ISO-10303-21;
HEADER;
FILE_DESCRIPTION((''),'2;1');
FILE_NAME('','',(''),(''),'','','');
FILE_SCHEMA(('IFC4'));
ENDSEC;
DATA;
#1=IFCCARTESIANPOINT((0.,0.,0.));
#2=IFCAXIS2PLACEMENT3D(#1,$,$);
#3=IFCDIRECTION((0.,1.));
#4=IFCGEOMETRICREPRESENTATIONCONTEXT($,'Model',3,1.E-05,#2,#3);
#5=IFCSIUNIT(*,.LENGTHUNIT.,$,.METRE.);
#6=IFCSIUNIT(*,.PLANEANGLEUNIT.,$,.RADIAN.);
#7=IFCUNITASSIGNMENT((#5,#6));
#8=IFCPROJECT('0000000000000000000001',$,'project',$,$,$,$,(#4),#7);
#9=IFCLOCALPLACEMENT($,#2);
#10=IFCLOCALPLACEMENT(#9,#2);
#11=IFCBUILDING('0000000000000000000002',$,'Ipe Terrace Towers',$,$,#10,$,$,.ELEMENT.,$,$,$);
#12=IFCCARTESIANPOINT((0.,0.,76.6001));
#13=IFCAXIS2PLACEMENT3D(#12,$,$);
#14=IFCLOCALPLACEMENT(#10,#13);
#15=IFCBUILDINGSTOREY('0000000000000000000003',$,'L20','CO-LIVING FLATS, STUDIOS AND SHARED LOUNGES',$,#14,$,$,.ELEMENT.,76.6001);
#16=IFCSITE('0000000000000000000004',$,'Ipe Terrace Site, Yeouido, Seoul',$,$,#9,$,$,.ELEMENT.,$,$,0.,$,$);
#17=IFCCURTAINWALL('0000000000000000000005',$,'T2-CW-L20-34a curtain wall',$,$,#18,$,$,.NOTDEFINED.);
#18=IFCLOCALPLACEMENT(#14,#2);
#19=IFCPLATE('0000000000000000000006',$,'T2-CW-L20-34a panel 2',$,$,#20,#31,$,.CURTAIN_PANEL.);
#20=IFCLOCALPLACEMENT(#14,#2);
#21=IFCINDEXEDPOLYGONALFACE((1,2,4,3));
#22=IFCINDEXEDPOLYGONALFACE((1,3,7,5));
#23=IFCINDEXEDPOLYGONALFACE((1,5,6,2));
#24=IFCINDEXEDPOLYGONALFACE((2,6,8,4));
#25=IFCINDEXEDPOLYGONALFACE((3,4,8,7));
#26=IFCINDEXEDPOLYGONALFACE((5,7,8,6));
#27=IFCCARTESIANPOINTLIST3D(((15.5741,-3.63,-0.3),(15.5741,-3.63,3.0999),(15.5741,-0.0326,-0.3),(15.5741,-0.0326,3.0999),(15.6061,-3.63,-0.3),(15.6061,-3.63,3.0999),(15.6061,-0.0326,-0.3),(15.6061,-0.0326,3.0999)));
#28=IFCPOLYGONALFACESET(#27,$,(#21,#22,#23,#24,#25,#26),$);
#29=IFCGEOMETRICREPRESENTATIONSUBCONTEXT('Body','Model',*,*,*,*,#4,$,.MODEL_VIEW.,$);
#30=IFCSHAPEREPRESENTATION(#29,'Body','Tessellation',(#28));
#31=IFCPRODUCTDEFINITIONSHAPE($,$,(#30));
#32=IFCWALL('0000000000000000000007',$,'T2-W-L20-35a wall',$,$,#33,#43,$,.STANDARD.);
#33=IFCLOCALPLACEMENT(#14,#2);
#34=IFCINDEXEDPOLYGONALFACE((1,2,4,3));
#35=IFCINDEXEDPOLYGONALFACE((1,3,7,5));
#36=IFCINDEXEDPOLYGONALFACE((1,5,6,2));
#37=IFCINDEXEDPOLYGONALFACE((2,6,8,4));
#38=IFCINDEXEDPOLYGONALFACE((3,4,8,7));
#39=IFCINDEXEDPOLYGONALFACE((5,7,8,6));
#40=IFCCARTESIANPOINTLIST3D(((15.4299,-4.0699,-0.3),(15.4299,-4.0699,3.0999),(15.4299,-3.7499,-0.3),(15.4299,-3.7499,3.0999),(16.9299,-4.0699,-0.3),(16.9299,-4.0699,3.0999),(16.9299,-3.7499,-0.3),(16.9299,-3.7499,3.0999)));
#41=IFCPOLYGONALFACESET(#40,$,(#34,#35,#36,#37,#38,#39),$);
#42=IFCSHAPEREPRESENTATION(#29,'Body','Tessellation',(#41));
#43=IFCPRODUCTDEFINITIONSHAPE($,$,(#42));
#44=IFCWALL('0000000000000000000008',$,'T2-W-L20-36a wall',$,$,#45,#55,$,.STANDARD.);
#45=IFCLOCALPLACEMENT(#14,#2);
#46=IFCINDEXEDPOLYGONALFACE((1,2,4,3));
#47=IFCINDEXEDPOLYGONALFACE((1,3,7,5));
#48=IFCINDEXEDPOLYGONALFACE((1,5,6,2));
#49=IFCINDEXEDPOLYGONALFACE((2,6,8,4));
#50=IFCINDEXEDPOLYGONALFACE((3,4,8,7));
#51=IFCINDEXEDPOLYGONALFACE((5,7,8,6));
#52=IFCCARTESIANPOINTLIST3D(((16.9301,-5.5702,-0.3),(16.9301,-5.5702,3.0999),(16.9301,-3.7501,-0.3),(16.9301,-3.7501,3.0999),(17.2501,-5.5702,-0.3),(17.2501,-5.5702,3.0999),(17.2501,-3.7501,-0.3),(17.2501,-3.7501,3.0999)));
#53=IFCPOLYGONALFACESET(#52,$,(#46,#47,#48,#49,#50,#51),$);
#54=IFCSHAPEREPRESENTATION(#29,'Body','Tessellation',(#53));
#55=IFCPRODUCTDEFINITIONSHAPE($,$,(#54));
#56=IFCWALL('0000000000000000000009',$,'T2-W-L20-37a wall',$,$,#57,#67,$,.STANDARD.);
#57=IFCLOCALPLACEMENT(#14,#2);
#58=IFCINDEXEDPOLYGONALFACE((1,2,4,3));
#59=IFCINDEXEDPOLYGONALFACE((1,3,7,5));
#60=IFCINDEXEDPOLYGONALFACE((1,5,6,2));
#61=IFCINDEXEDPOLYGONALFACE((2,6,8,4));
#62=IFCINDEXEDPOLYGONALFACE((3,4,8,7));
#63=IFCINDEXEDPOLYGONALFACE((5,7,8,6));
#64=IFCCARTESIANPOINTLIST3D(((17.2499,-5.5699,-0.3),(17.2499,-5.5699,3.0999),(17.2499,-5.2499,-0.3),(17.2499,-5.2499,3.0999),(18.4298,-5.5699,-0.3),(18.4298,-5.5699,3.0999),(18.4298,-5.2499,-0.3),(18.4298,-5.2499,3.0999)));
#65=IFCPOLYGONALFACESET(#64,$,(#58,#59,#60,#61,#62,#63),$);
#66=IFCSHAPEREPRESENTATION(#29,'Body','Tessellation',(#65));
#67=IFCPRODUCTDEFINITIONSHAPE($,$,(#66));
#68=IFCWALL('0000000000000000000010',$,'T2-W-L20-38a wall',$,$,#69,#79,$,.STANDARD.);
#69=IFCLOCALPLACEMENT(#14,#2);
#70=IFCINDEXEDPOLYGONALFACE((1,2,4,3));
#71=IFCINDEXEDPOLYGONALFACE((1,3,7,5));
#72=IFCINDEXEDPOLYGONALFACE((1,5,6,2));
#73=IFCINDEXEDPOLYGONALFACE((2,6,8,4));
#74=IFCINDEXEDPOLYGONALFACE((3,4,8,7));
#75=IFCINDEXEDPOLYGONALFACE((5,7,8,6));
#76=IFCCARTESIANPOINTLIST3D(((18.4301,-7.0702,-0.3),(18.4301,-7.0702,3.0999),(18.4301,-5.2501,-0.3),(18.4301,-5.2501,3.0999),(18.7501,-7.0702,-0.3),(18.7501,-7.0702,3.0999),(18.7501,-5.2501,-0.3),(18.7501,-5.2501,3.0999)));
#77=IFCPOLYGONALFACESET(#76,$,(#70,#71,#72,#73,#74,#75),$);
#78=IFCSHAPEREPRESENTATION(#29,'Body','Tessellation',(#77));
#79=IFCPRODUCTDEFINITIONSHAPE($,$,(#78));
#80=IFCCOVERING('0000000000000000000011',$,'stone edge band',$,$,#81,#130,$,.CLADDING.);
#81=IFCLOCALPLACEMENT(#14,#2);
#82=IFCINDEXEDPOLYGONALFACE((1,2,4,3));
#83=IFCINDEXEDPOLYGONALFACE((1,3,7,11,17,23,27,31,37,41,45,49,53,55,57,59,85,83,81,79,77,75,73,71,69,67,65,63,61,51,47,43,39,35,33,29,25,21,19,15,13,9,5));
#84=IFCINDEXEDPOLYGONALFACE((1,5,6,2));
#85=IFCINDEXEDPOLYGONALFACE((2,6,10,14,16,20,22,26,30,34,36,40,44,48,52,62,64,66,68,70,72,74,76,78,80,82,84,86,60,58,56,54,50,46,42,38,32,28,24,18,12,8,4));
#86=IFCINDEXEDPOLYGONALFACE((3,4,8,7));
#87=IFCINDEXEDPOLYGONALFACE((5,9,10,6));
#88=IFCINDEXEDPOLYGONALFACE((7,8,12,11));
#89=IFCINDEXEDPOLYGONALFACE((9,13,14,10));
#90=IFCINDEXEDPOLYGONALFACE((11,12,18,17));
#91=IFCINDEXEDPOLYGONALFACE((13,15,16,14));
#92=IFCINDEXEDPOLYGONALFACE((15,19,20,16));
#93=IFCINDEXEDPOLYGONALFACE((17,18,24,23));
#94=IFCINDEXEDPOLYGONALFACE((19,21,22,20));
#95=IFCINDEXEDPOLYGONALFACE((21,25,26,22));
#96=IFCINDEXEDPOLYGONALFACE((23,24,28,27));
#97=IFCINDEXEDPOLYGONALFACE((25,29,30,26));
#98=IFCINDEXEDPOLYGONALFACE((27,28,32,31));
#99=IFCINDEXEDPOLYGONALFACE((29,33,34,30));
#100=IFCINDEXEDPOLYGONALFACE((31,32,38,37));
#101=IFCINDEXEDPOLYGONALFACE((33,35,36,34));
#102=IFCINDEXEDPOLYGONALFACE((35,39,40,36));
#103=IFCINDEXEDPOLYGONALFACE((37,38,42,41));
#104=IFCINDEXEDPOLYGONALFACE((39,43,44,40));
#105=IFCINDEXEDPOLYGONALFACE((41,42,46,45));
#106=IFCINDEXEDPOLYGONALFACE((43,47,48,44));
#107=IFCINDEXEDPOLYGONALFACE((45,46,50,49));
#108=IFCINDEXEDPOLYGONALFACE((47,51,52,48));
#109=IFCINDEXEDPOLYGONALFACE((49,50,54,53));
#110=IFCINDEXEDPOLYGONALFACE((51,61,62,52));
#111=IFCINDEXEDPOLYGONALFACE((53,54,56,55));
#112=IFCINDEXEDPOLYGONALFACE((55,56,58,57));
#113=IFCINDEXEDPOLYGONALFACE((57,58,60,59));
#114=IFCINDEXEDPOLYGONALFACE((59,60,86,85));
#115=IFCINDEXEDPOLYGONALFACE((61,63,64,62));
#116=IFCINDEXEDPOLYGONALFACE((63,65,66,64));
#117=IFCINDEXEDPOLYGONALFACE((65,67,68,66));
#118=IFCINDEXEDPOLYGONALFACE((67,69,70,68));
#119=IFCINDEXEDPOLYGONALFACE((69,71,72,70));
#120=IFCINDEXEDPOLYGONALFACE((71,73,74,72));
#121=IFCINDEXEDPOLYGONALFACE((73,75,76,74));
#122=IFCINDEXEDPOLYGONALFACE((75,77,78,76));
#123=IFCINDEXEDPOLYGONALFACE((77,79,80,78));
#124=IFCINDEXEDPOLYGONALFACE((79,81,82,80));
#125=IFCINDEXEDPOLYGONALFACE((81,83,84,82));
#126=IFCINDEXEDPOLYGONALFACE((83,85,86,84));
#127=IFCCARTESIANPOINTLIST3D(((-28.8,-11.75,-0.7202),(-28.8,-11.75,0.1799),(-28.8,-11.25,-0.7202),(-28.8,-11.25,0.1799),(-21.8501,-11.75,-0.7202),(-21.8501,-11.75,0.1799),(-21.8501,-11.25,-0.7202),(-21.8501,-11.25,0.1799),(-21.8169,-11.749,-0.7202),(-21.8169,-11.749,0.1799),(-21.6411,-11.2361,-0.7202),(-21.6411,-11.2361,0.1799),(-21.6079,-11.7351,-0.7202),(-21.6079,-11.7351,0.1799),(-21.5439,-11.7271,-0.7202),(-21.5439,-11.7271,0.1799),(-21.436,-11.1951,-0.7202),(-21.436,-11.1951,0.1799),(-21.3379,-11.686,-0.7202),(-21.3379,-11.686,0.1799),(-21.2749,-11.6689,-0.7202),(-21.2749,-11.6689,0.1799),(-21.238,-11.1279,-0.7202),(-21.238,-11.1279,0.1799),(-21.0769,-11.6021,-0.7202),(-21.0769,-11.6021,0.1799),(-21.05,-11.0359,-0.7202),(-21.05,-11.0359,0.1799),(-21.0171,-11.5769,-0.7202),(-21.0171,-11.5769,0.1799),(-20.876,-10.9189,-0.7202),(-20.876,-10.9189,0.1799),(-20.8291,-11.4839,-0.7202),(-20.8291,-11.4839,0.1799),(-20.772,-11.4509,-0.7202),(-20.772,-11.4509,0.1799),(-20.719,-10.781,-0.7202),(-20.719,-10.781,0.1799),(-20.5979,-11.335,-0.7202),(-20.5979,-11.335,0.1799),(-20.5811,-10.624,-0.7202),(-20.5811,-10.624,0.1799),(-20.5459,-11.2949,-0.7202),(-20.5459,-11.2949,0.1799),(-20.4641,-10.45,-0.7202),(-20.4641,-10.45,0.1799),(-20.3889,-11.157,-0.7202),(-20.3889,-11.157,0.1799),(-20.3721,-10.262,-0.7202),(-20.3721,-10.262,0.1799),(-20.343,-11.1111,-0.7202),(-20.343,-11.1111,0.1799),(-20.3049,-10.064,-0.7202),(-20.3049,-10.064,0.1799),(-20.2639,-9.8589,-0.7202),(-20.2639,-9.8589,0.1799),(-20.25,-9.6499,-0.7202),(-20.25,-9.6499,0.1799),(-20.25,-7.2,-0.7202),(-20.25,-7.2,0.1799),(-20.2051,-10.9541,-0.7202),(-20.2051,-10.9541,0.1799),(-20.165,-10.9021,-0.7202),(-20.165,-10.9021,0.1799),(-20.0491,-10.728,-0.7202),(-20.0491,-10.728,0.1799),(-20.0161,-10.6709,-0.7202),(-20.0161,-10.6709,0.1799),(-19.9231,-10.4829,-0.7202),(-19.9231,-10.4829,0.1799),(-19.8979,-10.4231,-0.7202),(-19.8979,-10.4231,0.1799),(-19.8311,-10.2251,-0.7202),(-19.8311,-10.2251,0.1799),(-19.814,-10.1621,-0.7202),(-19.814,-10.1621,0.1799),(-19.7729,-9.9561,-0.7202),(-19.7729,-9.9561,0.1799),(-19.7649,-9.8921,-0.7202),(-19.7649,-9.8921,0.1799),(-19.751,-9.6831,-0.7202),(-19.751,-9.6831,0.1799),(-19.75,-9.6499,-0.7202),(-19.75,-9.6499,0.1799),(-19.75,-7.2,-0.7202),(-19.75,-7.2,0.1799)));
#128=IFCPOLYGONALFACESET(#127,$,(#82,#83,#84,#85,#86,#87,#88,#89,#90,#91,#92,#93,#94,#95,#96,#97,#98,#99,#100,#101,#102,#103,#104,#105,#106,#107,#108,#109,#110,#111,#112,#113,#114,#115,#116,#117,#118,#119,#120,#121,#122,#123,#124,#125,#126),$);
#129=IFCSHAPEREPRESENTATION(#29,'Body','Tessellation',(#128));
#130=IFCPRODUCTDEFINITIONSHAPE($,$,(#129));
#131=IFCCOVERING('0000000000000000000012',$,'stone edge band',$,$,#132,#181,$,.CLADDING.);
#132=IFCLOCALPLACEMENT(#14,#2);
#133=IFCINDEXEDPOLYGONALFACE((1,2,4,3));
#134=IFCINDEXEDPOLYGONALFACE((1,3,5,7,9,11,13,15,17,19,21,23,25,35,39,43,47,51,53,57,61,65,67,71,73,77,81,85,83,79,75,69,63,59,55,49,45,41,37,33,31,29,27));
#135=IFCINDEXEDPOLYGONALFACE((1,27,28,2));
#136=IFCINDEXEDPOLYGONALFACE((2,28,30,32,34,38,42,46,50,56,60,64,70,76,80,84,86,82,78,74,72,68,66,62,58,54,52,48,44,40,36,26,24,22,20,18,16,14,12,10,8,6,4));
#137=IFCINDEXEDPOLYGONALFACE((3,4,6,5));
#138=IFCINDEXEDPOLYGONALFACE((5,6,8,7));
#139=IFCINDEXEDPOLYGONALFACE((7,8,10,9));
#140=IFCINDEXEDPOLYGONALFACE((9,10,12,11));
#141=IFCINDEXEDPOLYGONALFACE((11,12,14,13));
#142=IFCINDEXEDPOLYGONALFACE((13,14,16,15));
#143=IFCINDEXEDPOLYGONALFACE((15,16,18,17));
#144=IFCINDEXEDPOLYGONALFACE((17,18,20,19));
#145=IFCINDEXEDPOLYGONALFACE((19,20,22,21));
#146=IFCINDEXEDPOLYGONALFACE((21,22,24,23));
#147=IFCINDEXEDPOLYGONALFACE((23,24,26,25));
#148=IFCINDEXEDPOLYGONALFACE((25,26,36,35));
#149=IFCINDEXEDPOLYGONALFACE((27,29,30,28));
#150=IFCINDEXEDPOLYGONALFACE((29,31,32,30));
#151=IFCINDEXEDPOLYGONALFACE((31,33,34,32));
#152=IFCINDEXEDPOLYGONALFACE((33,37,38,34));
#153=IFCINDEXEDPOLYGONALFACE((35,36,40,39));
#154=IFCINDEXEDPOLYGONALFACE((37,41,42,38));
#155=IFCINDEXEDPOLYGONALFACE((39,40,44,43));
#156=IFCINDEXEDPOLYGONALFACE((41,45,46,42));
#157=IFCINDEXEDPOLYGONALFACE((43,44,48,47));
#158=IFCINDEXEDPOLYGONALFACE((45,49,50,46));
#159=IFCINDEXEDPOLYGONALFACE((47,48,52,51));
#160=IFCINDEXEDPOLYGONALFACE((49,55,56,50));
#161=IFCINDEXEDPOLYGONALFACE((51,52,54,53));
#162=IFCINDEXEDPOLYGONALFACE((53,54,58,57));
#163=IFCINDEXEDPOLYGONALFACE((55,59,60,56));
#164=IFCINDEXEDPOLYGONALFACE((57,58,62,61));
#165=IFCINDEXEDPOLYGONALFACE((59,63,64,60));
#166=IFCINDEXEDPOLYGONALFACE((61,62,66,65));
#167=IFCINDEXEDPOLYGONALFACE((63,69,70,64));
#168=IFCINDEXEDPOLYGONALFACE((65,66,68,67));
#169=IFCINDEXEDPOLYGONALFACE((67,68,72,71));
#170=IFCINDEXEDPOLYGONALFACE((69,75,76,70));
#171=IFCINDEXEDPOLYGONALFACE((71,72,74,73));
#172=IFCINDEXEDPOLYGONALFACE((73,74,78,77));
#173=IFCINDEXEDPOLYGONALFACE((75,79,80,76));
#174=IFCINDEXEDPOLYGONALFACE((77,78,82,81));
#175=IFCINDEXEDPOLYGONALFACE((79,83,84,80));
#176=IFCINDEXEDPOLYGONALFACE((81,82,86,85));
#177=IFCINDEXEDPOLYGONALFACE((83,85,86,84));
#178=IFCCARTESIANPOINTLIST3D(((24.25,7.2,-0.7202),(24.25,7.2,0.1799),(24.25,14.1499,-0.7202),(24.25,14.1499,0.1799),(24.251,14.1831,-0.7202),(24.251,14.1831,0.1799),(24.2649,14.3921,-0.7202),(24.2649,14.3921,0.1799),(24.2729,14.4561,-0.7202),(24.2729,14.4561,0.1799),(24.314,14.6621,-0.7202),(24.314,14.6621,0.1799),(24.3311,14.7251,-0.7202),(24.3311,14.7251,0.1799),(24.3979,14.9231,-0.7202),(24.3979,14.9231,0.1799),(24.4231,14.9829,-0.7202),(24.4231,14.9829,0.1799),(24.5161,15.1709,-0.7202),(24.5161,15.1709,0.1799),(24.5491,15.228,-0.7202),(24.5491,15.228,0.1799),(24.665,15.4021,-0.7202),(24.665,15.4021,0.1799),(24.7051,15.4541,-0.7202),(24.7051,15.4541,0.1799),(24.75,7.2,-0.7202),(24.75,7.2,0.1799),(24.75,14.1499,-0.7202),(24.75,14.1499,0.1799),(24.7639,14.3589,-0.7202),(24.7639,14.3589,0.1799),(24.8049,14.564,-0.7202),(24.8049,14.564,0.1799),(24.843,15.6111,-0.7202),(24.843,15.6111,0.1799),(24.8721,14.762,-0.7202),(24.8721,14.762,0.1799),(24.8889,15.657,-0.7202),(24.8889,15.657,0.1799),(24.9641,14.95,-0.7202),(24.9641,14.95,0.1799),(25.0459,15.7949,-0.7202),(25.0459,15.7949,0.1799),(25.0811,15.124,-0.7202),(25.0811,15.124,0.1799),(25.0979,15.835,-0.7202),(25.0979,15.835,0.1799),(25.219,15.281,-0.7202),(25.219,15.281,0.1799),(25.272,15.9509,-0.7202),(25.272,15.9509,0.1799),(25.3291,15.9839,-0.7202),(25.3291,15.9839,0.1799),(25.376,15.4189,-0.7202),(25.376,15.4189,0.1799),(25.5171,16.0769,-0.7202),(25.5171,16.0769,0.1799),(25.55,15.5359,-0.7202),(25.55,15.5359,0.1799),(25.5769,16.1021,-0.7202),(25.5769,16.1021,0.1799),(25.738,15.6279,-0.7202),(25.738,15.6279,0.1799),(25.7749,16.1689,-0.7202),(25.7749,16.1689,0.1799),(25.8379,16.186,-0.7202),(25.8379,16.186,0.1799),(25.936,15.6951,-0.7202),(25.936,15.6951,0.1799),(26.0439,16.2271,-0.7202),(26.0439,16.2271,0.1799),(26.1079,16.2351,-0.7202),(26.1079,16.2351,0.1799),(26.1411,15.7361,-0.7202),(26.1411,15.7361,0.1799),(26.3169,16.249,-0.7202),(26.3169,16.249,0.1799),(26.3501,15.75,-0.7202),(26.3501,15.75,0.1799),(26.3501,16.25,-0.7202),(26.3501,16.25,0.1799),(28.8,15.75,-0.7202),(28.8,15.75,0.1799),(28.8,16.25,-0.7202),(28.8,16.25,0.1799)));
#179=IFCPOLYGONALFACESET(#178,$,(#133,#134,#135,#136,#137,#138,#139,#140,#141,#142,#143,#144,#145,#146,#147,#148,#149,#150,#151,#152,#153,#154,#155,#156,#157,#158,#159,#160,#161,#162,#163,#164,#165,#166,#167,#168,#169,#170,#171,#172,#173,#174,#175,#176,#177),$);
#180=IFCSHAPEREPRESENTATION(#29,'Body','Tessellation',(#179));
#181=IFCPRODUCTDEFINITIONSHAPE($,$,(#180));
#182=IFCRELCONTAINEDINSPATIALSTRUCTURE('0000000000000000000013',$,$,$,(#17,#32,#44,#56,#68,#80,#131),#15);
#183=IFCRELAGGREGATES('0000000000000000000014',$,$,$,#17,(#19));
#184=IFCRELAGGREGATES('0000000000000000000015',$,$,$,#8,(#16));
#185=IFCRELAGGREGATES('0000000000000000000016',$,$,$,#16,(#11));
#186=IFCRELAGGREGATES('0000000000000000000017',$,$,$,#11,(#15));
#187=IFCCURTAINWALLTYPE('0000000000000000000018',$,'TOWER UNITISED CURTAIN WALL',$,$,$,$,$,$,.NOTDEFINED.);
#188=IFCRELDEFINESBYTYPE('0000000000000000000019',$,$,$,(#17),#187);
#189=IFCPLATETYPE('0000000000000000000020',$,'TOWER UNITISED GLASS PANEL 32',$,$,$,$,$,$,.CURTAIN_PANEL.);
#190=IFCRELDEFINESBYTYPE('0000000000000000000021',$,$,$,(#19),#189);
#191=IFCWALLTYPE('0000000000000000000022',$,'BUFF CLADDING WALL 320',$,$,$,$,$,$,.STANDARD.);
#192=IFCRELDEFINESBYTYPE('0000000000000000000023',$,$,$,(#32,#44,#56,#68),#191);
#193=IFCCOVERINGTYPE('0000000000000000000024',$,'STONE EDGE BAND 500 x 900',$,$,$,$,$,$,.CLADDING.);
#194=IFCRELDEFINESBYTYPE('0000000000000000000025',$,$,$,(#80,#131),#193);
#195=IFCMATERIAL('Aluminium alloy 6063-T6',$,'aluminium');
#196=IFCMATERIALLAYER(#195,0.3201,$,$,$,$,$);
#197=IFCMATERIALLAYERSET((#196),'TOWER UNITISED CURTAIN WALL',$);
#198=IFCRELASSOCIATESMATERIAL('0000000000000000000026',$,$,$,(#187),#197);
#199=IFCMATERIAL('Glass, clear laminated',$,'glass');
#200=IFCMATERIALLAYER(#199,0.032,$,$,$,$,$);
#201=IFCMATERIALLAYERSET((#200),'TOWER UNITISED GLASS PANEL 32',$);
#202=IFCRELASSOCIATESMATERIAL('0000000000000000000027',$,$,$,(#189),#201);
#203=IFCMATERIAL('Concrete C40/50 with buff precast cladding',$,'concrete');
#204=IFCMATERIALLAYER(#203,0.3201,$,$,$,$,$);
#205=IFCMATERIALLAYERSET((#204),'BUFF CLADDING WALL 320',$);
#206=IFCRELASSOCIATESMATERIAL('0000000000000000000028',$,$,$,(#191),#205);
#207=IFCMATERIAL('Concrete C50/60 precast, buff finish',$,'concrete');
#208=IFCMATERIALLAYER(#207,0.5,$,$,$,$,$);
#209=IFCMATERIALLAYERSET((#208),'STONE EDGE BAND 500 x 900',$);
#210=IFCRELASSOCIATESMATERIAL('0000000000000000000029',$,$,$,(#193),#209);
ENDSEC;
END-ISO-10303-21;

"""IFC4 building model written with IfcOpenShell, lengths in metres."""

from ifc_helpers import new_model, si_unit, direction, frame, frame_2d, origin, origin_2d, place, context, subcontext, project, spatial, polyline, rectangle, outline, extrude, material, layer, layer_set, type_object, element, aggregate, save


model = new_model("IFC4")

# Units and contexts
model_context = context("Model", 3, precision=1e-05, world=origin(), true_north=direction((0.0, 1.0)))
body_context = subcontext(model_context, "Body", "Model", "MODEL_VIEW")
ifc_project = project(units=[si_unit("LENGTHUNIT", "METRE"), si_unit("PLANEANGLEUNIT", "RADIAN")], contexts=[model_context])

# Site, building, storey
site_placement = place(None, origin())
site = spatial("IfcSite", under=ifc_project, at=site_placement, Name="Ipe Terrace Site, Yeouido, Seoul", CompositionType="ELEMENT", RefElevation=0.0)
building_placement = place(site_placement, origin())
building = spatial("IfcBuilding", under=site, at=building_placement, Name="Ipe Terrace Towers", CompositionType="ELEMENT")
storey_placement = place(building_placement, frame((0.0, 0.0, 76.6001)))
storey = spatial("IfcBuildingStorey", under=building, at=storey_placement, Name="L20", Description="CO-LIVING FLATS, STUDIOS AND SHARED LOUNGES", CompositionType="ELEMENT", Elevation=76.6001)

# Curtain wall
ifc_material_1 = material(Name="Aluminium alloy 6063-T6", Category="aluminium")
ifc_layer_1 = layer(ifc_material_1, 0.3201)
ifc_layer_set_1 = layer_set([ifc_layer_1], Name="TOWER UNITISED CURTAIN WALL")
curtain_wall_type = type_object("IfcCurtainWallType", Name="TOWER UNITISED CURTAIN WALL", PredefinedType="NOTDEFINED", material=ifc_layer_set_1)
curtain_wall_1_placement = place(storey_placement, origin())
curtain_wall_1 = element("IfcCurtainWall", 1, at=curtain_wall_1_placement, inside=storey, type_object=curtain_wall_type, Name="T2-CW-L20-34a curtain wall", PredefinedType="NOTDEFINED")

# Plate
ifc_material_2 = material(Name="Glass, clear laminated", Category="glass")
ifc_layer_2 = layer(ifc_material_2, 0.032)
ifc_layer_set_2 = layer_set([ifc_layer_2], Name="TOWER UNITISED GLASS PANEL 32")
plate_type = type_object("IfcPlateType", Name="TOWER UNITISED GLASS PANEL 32", PredefinedType="CURTAIN_PANEL", material=ifc_layer_set_2)
plate_placement = place(storey_placement, frame((15.5901, -1.8313, -0.3), z_axis=(0.0, 0.0, 1.0), x_axis=(0.0, -1.0, 0.0)))
plate = element("IfcPlate", 2, at=plate_placement, type_object=plate_type, Name="T2-CW-L20-34a panel 2", PredefinedType="CURTAIN_PANEL", context=body_context, shape_type="SweptSolid", body=[
    extrude(rectangle(XDim=3.5974, YDim=0.032, at=origin_2d()), origin(), (0.0, 0.0, 1.0), 3.3999),
])
aggregate(curtain_wall_1, [plate])

# Walls
ifc_material_3 = material(Name="Concrete C40/50 with buff precast cladding", Category="concrete")
ifc_layer_3 = layer(ifc_material_3, 0.3201)
ifc_layer_set_3 = layer_set([ifc_layer_3], Name="BUFF CLADDING WALL 320")
wall_type = type_object("IfcWallType", Name="BUFF CLADDING WALL 320", PredefinedType="STANDARD", material=ifc_layer_set_3)
wall_1_placement = place(storey_placement, frame((15.4299, -3.9099, -0.3), z_axis=(0.0, 0.0, 1.0), x_axis=(1.0, 0.0, 0.0)))
element("IfcWall", 3, at=wall_1_placement, inside=storey, type_object=wall_type, Name="T2-W-L20-35a wall", PredefinedType="STANDARD", context=body_context, shape_type="SweptSolid", body=[
    extrude(rectangle(XDim=1.5, YDim=0.3201, at=frame_2d((0.75, 0.0))), origin(), (0.0, 0.0, 1.0), 3.3999),
])
wall_2_placement = place(storey_placement, frame((17.0901, -3.75, -0.3), z_axis=(0.0, 0.0, 1.0), x_axis=(0.0, -1.0, 0.0)))
element("IfcWall", 4, at=wall_2_placement, inside=storey, type_object=wall_type, Name="T2-W-L20-36a wall", PredefinedType="STANDARD", context=body_context, shape_type="SweptSolid", body=[
    extrude(rectangle(XDim=1.8201, YDim=0.3201, at=frame_2d((0.9102, 0.0))), origin(), (0.0, 0.0, 1.0), 3.3999),
])
wall_3_placement = place(storey_placement, frame((17.25, -5.4099, -0.3), z_axis=(0.0, 0.0, 1.0), x_axis=(1.0, 0.0, 0.0)))
element("IfcWall", 5, at=wall_3_placement, inside=storey, type_object=wall_type, Name="T2-W-L20-37a wall", PredefinedType="STANDARD", context=body_context, shape_type="SweptSolid", body=[
    extrude(rectangle(XDim=1.1799, YDim=0.3201, at=frame_2d((0.5898, 0.0))), origin(), (0.0, 0.0, 1.0), 3.3999),
])
wall_4_placement = place(storey_placement, frame((18.5901, -5.25, -0.3), z_axis=(0.0, 0.0, 1.0), x_axis=(0.0, -1.0, 0.0)))
element("IfcWall", 6, at=wall_4_placement, inside=storey, type_object=wall_type, Name="T2-W-L20-38a wall", PredefinedType="STANDARD", context=body_context, shape_type="SweptSolid", body=[
    extrude(rectangle(XDim=1.8201, YDim=0.3201, at=frame_2d((0.9102, 0.0))), origin(), (0.0, 0.0, 1.0), 3.3999),
])

# Coverings
ifc_material_4 = material(Name="Concrete C50/60 precast, buff finish", Category="concrete")
ifc_layer_4 = layer(ifc_material_4, 0.5)
ifc_layer_set_4 = layer_set([ifc_layer_4], Name="STONE EDGE BAND 500 x 900")
covering_type = type_object("IfcCoveringType", Name="STONE EDGE BAND 500 x 900", PredefinedType="CLADDING", material=ifc_layer_set_4)
covering_1_placement = place(storey_placement, frame((0.0, 0.0, -0.7202)))
element("IfcCovering", 7, at=covering_1_placement, inside=storey, type_object=covering_type, Name="stone edge band", PredefinedType="CLADDING", context=body_context, shape_type="SweptSolid", body=[
    extrude(outline(polyline([(-21.8501, -11.75), (-21.8169, -11.749), (-21.6079, -11.7351), (-21.5439, -11.7271), (-21.3379, -11.686), (-21.2749, -11.6689), (-21.0769, -11.6021), (-21.0171, -11.5769), (-20.8291, -11.4839), (-20.772, -11.4509), (-20.5979, -11.335), (-20.5459, -11.2949), (-20.3889, -11.157), (-20.343, -11.1111), (-20.2051, -10.9541), (-20.165, -10.9021), (-20.0491, -10.728), (-20.0161, -10.6709), (-19.9231, -10.4829), (-19.8979, -10.4231), (-19.8311, -10.2251), (-19.814, -10.1621), (-19.7729, -9.9561), (-19.7649, -9.8921), (-19.751, -9.6831), (-19.75, -9.6499), (-19.75, -7.2), (-20.25, -7.2), (-20.25, -9.6499), (-20.2639, -9.8589), (-20.3049, -10.064), (-20.3721, -10.262), (-20.4641, -10.45), (-20.5811, -10.624), (-20.719, -10.781), (-20.876, -10.9189), (-21.05, -11.0359), (-21.238, -11.1279), (-21.436, -11.1951), (-21.6411, -11.2361), (-21.8501, -11.25), (-28.8, -11.25), (-28.8, -11.75), (-21.8501, -11.75)])), origin(), (0.0, 0.0, 1.0), 0.9001),
])
covering_2_placement = place(storey_placement, frame((0.0, 0.0, -0.7202)))
element("IfcCovering", 8, at=covering_2_placement, inside=storey, type_object=covering_type, Name="stone edge band", PredefinedType="CLADDING", context=body_context, shape_type="SweptSolid", body=[
    extrude(outline(polyline([(24.25, 14.1499), (24.25, 7.2), (24.75, 7.2), (24.75, 14.1499), (24.7639, 14.3589), (24.8049, 14.564), (24.8721, 14.762), (24.9641, 14.95), (25.0811, 15.124), (25.219, 15.281), (25.376, 15.4189), (25.55, 15.5359), (25.738, 15.6279), (25.936, 15.6951), (26.1411, 15.7361), (26.3501, 15.75), (28.8, 15.75), (28.8, 16.25), (26.3501, 16.25), (26.3169, 16.249), (26.1079, 16.2351), (26.0439, 16.2271), (25.8379, 16.186), (25.7749, 16.1689), (25.5769, 16.1021), (25.5171, 16.0769), (25.3291, 15.9839), (25.272, 15.9509), (25.0979, 15.835), (25.0459, 15.7949), (24.8889, 15.657), (24.843, 15.6111), (24.7051, 15.4541), (24.665, 15.4021), (24.5491, 15.228), (24.5161, 15.1709), (24.4231, 14.9829), (24.3979, 14.9231), (24.3311, 14.7251), (24.314, 14.6621), (24.2729, 14.4561), (24.2649, 14.3921), (24.251, 14.1831), (24.25, 14.1499)])), origin(), (0.0, 0.0, 1.0), 0.9001),
])

save(model, "model.ifc")
